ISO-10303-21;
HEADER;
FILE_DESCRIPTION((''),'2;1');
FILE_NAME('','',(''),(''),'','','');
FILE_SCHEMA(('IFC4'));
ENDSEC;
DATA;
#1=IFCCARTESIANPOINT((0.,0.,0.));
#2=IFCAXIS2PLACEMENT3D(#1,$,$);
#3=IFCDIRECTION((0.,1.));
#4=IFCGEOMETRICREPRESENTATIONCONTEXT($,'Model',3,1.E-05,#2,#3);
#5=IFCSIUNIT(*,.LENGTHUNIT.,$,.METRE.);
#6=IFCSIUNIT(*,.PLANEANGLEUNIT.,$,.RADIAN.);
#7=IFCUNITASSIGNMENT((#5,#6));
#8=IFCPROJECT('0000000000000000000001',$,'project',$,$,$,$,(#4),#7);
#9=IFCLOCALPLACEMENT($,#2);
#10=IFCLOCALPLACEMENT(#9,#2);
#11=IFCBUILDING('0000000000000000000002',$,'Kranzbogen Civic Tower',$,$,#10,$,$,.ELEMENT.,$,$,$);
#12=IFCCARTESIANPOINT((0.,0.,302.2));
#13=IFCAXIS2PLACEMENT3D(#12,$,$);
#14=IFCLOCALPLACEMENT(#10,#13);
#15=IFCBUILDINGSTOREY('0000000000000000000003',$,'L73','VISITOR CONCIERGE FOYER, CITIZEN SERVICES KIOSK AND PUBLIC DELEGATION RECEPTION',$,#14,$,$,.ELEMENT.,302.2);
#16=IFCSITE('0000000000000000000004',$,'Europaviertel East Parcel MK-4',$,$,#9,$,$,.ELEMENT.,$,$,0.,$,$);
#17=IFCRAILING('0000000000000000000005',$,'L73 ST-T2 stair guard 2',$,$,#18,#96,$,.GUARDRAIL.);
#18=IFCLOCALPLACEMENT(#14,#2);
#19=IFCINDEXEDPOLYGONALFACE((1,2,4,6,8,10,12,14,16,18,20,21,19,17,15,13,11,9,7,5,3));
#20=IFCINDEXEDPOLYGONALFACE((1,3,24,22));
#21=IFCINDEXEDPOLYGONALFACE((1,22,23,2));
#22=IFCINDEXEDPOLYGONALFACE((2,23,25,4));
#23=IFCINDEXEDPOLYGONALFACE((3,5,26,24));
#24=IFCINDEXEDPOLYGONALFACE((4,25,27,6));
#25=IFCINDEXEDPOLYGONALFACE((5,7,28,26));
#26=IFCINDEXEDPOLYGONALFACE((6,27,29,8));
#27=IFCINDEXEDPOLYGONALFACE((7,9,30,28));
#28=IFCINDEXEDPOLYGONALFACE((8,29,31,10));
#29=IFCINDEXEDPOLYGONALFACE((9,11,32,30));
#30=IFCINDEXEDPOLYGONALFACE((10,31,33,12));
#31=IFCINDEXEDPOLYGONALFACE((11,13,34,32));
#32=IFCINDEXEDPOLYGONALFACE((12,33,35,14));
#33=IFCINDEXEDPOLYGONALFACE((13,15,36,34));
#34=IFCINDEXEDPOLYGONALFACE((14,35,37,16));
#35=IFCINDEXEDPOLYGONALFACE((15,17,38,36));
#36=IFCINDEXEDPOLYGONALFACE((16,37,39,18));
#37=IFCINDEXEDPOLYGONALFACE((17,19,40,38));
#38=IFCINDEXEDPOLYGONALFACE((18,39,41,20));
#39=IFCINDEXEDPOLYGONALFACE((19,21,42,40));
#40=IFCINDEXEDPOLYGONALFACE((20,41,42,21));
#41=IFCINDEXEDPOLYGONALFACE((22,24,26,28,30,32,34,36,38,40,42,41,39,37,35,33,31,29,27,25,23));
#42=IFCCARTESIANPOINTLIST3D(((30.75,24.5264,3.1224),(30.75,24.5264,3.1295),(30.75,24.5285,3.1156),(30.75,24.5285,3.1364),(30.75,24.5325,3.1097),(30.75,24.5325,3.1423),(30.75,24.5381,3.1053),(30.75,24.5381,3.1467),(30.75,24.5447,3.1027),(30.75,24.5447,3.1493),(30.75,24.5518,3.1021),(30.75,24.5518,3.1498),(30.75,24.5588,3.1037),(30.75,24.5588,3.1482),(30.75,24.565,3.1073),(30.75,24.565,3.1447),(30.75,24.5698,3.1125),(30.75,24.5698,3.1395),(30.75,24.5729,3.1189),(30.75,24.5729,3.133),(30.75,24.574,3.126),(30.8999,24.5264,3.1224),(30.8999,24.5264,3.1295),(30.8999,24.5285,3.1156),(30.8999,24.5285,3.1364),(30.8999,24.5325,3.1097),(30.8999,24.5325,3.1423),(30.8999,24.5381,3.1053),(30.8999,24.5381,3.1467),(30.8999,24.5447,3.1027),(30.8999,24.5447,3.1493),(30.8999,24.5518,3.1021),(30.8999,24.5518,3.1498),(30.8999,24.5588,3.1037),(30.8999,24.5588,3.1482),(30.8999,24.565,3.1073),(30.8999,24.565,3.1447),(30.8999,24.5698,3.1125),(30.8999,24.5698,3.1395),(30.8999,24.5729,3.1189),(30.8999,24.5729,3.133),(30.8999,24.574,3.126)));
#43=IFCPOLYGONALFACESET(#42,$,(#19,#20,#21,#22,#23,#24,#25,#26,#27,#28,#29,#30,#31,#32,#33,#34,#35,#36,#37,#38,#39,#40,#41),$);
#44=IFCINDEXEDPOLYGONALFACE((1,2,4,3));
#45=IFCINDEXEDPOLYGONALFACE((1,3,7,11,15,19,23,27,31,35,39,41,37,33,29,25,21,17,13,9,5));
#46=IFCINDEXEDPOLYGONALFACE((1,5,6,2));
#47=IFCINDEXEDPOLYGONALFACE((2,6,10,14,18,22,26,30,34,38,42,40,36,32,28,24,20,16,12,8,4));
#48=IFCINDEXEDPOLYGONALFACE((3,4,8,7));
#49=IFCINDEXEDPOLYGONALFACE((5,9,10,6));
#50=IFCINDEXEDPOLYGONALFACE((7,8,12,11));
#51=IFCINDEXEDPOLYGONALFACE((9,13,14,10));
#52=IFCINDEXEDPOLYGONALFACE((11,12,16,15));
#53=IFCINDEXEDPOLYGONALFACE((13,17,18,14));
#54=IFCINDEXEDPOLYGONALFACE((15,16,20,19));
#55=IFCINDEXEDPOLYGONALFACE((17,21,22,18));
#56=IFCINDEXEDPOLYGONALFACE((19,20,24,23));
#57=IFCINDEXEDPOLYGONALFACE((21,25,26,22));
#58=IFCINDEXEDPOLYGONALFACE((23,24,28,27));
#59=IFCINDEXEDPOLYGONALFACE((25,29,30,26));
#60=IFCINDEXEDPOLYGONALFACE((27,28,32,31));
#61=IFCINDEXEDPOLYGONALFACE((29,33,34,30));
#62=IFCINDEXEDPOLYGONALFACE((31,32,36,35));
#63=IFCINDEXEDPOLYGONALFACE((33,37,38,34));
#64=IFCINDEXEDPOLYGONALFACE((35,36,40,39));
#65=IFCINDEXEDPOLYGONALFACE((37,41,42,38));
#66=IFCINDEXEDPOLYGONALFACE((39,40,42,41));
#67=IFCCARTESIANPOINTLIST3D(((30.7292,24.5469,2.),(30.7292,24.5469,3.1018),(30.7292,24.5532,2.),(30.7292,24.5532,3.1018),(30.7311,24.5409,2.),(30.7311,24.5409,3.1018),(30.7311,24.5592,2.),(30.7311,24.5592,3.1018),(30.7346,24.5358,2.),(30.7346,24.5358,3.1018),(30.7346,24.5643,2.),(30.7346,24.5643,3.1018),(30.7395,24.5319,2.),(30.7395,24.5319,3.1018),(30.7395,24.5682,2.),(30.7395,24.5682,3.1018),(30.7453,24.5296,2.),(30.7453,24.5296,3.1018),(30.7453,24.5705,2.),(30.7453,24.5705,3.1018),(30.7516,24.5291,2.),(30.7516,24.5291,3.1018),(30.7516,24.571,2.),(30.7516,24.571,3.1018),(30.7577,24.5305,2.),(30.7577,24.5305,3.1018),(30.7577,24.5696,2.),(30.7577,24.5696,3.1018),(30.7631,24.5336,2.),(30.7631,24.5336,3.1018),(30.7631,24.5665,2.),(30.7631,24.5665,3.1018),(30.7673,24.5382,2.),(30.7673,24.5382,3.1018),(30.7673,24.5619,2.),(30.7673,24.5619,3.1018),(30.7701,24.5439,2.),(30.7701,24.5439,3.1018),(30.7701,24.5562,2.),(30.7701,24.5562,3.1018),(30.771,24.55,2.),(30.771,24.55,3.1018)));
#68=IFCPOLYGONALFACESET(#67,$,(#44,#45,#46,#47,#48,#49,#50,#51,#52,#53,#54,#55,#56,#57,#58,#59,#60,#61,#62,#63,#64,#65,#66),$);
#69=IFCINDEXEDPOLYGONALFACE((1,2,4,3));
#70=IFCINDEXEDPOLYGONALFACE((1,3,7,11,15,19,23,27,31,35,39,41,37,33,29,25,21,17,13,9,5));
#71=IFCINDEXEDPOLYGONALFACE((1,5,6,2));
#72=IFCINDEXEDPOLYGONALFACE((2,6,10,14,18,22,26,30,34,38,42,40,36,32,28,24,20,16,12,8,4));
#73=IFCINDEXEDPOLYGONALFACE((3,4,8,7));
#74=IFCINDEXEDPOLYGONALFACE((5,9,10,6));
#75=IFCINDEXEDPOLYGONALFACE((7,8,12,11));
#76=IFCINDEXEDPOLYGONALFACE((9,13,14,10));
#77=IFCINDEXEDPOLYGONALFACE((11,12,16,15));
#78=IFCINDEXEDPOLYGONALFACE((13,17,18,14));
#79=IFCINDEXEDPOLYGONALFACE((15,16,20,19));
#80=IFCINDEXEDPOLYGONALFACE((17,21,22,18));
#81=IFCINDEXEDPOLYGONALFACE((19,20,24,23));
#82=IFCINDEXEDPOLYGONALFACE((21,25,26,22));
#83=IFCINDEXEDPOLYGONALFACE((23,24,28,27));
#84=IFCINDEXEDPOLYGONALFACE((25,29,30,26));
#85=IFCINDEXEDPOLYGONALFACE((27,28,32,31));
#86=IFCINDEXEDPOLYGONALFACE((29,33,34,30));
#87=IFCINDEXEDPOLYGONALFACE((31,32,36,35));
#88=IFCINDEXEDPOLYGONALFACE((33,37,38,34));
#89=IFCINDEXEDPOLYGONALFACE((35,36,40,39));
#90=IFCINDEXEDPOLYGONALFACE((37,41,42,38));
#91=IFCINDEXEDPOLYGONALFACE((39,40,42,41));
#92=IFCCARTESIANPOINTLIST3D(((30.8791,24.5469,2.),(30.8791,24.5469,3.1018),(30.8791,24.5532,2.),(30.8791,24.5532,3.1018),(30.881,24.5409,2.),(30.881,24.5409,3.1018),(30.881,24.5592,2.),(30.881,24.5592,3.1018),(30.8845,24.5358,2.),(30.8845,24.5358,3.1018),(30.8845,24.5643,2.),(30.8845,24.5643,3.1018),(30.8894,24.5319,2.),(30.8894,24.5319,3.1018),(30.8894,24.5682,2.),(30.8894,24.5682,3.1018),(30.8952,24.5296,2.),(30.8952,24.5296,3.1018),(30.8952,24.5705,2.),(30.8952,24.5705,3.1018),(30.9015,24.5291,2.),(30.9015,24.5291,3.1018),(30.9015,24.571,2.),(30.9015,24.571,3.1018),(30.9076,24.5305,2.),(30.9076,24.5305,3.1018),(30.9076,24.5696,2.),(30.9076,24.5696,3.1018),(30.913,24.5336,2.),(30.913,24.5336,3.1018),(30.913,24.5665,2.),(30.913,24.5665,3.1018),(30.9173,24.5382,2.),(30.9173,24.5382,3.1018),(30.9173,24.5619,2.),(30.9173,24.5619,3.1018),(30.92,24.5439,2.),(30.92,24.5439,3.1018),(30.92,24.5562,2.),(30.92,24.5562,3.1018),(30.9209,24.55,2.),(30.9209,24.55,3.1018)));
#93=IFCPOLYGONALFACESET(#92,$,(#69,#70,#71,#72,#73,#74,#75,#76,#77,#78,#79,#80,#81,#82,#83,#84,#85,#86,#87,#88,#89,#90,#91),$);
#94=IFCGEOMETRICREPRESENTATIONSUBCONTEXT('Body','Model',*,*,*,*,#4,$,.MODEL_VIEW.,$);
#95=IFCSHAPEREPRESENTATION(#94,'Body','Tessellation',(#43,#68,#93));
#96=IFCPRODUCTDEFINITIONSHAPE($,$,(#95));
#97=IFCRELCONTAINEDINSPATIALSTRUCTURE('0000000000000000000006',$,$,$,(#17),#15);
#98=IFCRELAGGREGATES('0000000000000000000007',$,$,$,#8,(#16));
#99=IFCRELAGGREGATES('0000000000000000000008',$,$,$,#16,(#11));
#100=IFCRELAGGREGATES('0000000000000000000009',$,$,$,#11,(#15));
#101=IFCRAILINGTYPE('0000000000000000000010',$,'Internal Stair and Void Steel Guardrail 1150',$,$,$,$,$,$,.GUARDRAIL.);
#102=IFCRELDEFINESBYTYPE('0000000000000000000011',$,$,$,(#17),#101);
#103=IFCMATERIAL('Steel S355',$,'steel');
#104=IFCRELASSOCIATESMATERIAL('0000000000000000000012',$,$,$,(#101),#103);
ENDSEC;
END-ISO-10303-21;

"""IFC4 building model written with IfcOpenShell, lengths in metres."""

from ifc_helpers import new_model, si_unit, direction, frame, origin, origin_2d, place, context, subcontext, project, spatial, circle, extrude, material, type_object, element, save


model = new_model("IFC4")

# Units and contexts
model_context = context("Model", 3, precision=1e-05, world=origin(), true_north=direction((0.0, 1.0)))
body_context = subcontext(model_context, "Body", "Model", "MODEL_VIEW")
ifc_project = project(units=[si_unit("LENGTHUNIT", "METRE"), si_unit("PLANEANGLEUNIT", "RADIAN")], contexts=[model_context])

# Site, building, storey
site_placement = place(None, origin())
site = spatial("IfcSite", under=ifc_project, at=site_placement, Name="Europaviertel East Parcel MK-4", CompositionType="ELEMENT", RefElevation=0.0)
building_placement = place(site_placement, origin())
building = spatial("IfcBuilding", under=site, at=building_placement, Name="Kranzbogen Civic Tower", CompositionType="ELEMENT")
storey_placement = place(building_placement, frame((0.0, 0.0, 302.2)))
storey = spatial("IfcBuildingStorey", under=building, at=storey_placement, Name="L73", Description="VISITOR CONCIERGE FOYER, CITIZEN SERVICES KIOSK AND PUBLIC DELEGATION RECEPTION", CompositionType="ELEMENT", Elevation=302.2)

# Shared definitions
ifc_material_1 = material(Name="Steel S355", Category="steel")

# Railing
railing_type_1 = type_object("IfcRailingType", Name="Internal Stair and Void Steel Guardrail 1150", PredefinedType="GUARDRAIL", material=ifc_material_1)
railing_1_placement = place(storey_placement, frame((30.75, 24.55, 2.0)))
element("IfcRailing", 1, at=railing_1_placement, inside=storey, type_object=railing_type_1, Name="L73 ST-T2 stair guard 2", PredefinedType="GUARDRAIL", context=body_context, shape_type="SweptSolid", body=[
    extrude(circle(Radius=0.0239, at=origin_2d()), frame((0.0, 0.0, 1.126), z_axis=(1.0, 0.0, 0.0), x_axis=(0.0, 1.0, 0.0)), (0.0, 0.0, 1.0), 0.1499),
    extrude(circle(Radius=0.021, at=origin_2d()), origin(), (0.0, 0.0, 1.0), 1.1018),
    extrude(circle(Radius=0.021, at=origin_2d()), frame((0.1499, 0.0, 0.0)), (0.0, 0.0, 1.0), 1.1018),
])

save(model, "model.ifc")
